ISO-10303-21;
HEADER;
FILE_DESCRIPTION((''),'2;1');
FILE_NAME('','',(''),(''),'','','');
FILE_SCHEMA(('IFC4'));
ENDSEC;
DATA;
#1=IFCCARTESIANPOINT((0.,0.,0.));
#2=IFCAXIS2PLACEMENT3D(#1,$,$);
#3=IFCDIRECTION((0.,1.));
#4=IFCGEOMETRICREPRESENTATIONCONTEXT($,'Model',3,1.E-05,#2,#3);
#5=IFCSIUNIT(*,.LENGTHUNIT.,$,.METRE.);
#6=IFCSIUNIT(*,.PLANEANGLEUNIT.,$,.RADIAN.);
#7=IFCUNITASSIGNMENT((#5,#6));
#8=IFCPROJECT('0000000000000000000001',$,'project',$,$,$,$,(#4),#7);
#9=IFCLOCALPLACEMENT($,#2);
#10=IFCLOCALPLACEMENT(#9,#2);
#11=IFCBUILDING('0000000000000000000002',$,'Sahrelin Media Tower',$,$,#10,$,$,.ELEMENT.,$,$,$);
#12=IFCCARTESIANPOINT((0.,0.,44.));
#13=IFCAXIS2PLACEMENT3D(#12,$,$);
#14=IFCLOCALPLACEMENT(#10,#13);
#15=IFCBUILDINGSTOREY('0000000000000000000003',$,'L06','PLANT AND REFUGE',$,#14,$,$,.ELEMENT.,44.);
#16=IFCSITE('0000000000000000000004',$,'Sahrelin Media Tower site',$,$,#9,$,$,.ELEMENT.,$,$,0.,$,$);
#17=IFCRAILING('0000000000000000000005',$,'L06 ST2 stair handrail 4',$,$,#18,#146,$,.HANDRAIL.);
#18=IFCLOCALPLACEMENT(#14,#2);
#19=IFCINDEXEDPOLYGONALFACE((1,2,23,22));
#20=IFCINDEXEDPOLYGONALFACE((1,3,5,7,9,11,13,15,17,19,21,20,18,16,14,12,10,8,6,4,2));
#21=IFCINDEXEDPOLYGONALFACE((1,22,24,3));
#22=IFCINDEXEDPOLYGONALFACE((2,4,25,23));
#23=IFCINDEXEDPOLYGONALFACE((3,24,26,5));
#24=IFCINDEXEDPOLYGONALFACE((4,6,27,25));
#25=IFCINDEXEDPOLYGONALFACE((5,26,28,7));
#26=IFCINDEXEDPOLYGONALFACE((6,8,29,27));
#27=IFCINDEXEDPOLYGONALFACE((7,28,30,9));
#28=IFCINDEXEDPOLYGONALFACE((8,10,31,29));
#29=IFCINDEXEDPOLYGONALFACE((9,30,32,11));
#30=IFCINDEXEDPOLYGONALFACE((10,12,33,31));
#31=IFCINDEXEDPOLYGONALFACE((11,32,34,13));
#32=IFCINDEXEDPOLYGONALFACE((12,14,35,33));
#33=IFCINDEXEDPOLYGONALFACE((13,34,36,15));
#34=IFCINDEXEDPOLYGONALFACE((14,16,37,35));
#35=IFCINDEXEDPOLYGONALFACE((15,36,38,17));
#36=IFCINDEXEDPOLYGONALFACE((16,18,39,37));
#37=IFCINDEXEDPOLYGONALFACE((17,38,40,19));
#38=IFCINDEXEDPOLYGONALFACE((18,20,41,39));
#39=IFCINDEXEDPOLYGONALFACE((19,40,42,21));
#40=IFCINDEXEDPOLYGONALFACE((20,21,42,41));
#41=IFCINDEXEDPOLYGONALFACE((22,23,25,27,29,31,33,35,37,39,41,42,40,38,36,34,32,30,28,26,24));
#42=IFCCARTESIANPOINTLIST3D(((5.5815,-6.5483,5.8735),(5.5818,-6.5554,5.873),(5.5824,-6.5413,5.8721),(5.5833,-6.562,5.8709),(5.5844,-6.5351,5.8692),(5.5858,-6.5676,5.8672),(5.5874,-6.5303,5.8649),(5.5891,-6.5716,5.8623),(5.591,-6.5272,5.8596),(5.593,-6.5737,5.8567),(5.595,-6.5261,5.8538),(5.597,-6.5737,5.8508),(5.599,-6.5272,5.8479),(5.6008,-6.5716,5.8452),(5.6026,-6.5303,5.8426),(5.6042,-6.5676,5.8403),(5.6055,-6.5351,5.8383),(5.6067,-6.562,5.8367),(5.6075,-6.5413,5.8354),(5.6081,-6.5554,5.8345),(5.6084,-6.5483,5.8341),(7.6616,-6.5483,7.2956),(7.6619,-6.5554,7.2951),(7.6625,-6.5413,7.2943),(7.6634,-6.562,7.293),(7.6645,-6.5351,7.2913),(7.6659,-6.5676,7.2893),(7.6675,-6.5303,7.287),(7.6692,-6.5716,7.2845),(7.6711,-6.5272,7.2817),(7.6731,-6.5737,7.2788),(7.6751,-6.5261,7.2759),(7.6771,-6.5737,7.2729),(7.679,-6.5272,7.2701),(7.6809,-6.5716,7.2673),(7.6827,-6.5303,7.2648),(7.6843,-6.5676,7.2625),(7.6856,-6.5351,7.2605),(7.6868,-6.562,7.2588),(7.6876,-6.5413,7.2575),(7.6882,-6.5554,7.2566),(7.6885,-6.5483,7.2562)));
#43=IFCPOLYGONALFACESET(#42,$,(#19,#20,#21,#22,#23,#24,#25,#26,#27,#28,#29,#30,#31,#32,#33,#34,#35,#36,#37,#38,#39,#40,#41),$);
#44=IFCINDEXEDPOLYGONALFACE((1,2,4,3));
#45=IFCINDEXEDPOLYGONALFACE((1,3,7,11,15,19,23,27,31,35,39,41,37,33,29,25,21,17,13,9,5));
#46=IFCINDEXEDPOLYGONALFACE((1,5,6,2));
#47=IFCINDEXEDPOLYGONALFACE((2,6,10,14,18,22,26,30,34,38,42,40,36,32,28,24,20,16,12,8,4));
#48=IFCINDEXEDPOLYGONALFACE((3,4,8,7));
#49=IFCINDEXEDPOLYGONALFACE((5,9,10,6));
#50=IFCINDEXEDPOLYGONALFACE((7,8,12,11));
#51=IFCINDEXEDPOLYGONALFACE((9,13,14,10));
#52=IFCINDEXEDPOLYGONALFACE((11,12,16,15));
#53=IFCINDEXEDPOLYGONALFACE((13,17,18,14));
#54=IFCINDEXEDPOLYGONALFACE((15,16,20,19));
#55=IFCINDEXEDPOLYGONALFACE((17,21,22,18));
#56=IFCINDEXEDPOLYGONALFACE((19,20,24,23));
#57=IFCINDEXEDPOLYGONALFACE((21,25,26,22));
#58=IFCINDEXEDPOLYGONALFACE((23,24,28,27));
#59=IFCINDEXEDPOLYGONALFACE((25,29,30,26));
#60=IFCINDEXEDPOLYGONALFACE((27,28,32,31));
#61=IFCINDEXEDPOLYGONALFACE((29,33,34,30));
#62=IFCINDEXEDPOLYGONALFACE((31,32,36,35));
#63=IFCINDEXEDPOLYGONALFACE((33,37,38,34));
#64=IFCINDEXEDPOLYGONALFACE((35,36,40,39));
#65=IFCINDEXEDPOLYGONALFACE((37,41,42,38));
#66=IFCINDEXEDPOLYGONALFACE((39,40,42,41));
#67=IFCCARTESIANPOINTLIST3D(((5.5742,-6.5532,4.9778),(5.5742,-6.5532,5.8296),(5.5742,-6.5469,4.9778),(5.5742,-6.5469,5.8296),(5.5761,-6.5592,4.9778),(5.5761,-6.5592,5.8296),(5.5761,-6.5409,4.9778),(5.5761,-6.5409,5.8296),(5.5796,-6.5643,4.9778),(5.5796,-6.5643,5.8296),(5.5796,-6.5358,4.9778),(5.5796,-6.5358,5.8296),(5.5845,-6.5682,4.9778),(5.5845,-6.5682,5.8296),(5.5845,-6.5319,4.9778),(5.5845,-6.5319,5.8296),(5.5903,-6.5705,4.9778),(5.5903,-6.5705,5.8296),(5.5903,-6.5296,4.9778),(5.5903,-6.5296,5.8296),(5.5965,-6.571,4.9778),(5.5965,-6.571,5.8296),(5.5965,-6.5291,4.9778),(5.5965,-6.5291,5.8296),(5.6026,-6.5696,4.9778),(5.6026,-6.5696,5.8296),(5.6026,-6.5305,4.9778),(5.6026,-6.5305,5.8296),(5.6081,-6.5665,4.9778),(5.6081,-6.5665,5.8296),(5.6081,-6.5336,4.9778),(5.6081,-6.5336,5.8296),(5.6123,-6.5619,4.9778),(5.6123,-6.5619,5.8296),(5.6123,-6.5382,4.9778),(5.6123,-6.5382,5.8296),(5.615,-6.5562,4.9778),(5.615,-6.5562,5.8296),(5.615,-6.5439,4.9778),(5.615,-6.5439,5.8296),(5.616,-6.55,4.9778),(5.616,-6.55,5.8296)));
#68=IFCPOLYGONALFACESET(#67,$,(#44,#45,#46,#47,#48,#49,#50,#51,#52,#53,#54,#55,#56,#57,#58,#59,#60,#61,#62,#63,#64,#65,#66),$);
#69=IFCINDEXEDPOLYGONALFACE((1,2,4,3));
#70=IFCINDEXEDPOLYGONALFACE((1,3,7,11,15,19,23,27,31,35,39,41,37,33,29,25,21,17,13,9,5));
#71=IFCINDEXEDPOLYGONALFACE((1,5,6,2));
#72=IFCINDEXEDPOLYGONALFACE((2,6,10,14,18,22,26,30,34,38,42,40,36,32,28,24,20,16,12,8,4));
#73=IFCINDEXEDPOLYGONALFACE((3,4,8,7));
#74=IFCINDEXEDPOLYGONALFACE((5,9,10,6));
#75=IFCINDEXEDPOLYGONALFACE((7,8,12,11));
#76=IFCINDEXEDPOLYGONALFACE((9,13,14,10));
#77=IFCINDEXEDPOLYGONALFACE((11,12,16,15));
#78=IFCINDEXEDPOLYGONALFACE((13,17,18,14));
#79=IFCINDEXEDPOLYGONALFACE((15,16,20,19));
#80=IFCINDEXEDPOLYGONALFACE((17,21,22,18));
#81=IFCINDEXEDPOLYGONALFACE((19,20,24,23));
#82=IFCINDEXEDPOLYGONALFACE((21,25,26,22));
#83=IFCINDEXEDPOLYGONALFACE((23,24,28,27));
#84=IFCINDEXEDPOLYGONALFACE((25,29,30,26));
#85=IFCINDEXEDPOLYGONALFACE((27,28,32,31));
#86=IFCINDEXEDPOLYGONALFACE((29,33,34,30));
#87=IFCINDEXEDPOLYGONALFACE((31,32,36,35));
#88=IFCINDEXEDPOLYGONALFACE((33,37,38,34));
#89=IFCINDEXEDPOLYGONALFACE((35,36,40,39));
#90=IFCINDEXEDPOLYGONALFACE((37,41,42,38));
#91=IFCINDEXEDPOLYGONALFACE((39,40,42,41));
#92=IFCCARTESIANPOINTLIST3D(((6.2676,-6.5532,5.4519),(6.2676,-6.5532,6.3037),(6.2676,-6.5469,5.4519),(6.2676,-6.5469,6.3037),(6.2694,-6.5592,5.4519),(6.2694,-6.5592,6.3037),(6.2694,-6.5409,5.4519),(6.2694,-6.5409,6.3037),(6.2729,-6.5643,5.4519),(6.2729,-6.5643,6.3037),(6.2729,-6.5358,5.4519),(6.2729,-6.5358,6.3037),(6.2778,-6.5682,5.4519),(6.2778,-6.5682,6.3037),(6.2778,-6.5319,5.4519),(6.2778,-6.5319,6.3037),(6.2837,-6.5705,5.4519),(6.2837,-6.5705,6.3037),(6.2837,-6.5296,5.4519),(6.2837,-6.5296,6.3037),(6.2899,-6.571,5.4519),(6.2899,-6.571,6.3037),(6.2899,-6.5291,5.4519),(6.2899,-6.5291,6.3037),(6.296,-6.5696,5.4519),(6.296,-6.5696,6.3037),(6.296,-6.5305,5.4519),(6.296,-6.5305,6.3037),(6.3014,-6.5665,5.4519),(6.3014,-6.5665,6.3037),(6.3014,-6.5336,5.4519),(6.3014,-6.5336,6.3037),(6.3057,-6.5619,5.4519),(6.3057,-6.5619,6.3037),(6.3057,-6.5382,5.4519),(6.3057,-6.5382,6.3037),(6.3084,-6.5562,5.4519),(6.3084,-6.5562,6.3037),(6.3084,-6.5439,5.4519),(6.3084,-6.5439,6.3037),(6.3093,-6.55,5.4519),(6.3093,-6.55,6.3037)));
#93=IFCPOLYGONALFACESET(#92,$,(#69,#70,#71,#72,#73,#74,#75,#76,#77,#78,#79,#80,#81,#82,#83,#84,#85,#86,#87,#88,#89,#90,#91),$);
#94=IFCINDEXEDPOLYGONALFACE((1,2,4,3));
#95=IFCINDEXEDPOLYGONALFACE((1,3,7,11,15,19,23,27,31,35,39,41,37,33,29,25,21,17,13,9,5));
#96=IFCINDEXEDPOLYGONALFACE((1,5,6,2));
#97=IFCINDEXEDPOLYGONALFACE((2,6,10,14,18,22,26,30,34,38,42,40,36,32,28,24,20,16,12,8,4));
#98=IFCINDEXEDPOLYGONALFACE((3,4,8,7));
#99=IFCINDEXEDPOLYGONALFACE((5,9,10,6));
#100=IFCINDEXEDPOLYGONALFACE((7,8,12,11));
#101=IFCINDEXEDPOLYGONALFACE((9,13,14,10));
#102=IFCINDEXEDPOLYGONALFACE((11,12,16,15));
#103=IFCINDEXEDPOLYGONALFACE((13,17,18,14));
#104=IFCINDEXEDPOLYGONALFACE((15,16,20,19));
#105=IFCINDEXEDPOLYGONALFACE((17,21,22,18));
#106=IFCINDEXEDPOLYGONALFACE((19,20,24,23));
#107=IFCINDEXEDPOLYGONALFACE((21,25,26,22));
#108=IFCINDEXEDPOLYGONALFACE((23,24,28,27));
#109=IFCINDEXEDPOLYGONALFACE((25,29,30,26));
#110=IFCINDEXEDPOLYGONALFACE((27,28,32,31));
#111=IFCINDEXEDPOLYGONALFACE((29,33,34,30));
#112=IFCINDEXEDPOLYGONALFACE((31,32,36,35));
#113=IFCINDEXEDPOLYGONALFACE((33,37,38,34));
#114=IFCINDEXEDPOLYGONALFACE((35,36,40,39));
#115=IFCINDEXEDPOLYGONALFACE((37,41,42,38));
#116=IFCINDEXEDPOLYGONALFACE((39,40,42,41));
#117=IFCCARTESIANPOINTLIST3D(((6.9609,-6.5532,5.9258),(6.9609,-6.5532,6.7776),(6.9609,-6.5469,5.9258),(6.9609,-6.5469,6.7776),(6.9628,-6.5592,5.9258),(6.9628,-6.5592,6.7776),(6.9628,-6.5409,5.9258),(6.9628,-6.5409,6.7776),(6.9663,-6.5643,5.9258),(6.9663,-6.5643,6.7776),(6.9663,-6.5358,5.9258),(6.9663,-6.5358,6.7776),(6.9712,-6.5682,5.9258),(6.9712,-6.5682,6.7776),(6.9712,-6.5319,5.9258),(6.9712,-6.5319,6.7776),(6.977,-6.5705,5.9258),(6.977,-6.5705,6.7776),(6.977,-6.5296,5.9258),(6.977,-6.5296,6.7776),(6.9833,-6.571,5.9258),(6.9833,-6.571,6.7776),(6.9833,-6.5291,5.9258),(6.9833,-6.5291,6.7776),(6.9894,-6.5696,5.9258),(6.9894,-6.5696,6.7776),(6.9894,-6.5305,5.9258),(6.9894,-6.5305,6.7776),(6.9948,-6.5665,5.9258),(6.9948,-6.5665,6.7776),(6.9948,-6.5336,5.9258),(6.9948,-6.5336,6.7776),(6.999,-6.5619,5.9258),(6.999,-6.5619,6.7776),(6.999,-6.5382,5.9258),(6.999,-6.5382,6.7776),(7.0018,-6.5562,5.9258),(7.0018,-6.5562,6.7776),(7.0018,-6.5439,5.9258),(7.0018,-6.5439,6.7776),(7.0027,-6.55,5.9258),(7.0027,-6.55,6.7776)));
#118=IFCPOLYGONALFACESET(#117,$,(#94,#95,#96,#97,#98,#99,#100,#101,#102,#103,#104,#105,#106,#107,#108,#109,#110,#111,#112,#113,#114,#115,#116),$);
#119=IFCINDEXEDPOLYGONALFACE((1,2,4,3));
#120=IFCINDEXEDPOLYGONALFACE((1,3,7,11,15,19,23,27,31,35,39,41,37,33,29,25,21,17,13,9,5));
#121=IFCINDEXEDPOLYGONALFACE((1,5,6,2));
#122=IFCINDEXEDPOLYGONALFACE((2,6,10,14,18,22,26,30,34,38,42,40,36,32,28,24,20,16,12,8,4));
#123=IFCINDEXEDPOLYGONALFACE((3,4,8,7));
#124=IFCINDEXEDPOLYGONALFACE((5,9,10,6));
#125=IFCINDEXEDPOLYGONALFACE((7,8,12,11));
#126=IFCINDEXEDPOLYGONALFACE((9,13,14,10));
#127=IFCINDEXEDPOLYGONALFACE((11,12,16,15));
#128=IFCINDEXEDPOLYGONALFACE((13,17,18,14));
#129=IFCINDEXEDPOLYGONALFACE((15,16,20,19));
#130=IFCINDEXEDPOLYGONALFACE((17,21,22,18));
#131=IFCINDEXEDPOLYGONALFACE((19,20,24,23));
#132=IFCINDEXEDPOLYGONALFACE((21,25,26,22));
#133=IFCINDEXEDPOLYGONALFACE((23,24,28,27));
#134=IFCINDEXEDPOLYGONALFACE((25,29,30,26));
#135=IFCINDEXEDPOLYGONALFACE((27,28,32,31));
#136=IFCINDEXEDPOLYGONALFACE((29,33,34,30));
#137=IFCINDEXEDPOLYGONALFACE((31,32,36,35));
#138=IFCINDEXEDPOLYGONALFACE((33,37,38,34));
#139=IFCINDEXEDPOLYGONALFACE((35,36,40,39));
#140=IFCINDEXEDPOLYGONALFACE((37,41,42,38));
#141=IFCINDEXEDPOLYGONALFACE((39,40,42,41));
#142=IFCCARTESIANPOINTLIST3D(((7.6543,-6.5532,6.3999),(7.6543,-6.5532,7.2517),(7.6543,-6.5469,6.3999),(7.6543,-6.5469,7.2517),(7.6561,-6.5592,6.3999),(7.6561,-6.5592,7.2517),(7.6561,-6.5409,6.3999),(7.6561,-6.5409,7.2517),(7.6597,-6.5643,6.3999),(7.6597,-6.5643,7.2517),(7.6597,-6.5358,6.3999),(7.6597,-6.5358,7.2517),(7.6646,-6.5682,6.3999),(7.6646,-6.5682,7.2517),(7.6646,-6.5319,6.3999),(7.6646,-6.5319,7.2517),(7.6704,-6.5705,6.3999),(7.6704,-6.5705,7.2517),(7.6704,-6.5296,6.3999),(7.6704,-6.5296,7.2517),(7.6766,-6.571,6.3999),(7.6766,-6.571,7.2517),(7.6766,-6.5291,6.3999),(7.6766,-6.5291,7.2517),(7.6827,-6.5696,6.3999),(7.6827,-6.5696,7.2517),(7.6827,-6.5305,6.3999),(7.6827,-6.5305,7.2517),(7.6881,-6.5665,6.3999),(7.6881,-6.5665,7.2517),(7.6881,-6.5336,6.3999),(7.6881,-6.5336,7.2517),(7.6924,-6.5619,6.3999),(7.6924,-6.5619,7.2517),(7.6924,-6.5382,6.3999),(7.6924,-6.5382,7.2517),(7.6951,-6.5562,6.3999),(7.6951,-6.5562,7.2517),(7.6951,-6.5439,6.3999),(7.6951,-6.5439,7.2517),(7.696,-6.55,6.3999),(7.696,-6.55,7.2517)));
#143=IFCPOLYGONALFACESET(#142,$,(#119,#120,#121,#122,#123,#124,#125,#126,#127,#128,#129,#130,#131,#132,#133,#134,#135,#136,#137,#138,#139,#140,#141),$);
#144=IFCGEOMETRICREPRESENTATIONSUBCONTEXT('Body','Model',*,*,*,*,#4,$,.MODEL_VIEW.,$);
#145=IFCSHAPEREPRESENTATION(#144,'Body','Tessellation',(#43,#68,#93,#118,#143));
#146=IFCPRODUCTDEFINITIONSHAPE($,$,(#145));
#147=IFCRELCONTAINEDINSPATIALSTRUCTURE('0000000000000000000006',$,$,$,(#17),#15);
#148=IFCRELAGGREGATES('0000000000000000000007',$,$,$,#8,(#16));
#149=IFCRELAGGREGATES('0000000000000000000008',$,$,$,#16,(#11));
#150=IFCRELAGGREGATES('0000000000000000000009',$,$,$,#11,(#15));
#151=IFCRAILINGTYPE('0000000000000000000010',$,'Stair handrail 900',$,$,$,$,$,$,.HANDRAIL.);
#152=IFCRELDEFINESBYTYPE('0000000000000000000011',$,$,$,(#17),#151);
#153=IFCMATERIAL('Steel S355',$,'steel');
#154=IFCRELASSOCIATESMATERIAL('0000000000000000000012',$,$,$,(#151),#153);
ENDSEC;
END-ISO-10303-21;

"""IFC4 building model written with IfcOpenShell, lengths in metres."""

from ifc_helpers import new_model, si_unit, direction, frame, origin, origin_2d, place, context, subcontext, project, spatial, circle, extrude, material, type_object, element, save


model = new_model("IFC4")

# Units and contexts
model_context = context("Model", 3, precision=1e-05, world=origin(), true_north=direction((0.0, 1.0)))
body_context = subcontext(model_context, "Body", "Model", "MODEL_VIEW")
ifc_project = project(units=[si_unit("LENGTHUNIT", "METRE"), si_unit("PLANEANGLEUNIT", "RADIAN")], contexts=[model_context])

# Site, building, storey
site_placement = place(None, origin())
site = spatial("IfcSite", under=ifc_project, at=site_placement, Name="Sahrelin Media Tower site", CompositionType="ELEMENT", RefElevation=0.0)
building_placement = place(site_placement, origin())
building = spatial("IfcBuilding", under=site, at=building_placement, Name="Sahrelin Media Tower", CompositionType="ELEMENT")
storey_placement = place(building_placement, frame((0.0, 0.0, 44.0)))
storey = spatial("IfcBuildingStorey", under=building, at=storey_placement, Name="L06", Description="PLANT AND REFUGE", CompositionType="ELEMENT", Elevation=44.0)

# Shared definitions
ifc_material_1 = material(Name="Steel S355", Category="steel")

# Railing
railing_type_1 = type_object("IfcRailingType", Name="Stair handrail 900", PredefinedType="HANDRAIL", material=ifc_material_1)
for number, where, name in (
    (1, (5.595, -6.55, 4.9778), "L06 ST2 stair handrail 4"),
):
    element("IfcRailing", number, at=place(storey_placement, frame(where)), inside=storey, type_object=railing_type_1, Name=name, PredefinedType="HANDRAIL", context=body_context, shape_type="SweptSolid", body=[
        extrude(circle(Radius=0.0239, at=origin_2d()), frame((0.0, 0.0, 0.876), z_axis=(0.825509, 0.0, 0.564389), x_axis=(0.0, 1.0, 0.0)), (0.0, 0.0, 1.0), 2.5198),
        extrude(circle(Radius=0.021, at=origin_2d()), origin(), (0.0, 0.0, 1.0), 0.8518),
        extrude(circle(Radius=0.021, at=origin_2d()), frame((0.6934, 0.0, 0.4741)), (0.0, 0.0, 1.0), 0.8518),
        extrude(circle(Radius=0.021, at=origin_2d()), frame((1.3867, 0.0, 0.948)), (0.0, 0.0, 1.0), 0.8518),
        extrude(circle(Radius=0.021, at=origin_2d()), frame((2.0801, 0.0, 1.4221)), (0.0, 0.0, 1.0), 0.8518),
    ])

save(model, "model.ifc")
